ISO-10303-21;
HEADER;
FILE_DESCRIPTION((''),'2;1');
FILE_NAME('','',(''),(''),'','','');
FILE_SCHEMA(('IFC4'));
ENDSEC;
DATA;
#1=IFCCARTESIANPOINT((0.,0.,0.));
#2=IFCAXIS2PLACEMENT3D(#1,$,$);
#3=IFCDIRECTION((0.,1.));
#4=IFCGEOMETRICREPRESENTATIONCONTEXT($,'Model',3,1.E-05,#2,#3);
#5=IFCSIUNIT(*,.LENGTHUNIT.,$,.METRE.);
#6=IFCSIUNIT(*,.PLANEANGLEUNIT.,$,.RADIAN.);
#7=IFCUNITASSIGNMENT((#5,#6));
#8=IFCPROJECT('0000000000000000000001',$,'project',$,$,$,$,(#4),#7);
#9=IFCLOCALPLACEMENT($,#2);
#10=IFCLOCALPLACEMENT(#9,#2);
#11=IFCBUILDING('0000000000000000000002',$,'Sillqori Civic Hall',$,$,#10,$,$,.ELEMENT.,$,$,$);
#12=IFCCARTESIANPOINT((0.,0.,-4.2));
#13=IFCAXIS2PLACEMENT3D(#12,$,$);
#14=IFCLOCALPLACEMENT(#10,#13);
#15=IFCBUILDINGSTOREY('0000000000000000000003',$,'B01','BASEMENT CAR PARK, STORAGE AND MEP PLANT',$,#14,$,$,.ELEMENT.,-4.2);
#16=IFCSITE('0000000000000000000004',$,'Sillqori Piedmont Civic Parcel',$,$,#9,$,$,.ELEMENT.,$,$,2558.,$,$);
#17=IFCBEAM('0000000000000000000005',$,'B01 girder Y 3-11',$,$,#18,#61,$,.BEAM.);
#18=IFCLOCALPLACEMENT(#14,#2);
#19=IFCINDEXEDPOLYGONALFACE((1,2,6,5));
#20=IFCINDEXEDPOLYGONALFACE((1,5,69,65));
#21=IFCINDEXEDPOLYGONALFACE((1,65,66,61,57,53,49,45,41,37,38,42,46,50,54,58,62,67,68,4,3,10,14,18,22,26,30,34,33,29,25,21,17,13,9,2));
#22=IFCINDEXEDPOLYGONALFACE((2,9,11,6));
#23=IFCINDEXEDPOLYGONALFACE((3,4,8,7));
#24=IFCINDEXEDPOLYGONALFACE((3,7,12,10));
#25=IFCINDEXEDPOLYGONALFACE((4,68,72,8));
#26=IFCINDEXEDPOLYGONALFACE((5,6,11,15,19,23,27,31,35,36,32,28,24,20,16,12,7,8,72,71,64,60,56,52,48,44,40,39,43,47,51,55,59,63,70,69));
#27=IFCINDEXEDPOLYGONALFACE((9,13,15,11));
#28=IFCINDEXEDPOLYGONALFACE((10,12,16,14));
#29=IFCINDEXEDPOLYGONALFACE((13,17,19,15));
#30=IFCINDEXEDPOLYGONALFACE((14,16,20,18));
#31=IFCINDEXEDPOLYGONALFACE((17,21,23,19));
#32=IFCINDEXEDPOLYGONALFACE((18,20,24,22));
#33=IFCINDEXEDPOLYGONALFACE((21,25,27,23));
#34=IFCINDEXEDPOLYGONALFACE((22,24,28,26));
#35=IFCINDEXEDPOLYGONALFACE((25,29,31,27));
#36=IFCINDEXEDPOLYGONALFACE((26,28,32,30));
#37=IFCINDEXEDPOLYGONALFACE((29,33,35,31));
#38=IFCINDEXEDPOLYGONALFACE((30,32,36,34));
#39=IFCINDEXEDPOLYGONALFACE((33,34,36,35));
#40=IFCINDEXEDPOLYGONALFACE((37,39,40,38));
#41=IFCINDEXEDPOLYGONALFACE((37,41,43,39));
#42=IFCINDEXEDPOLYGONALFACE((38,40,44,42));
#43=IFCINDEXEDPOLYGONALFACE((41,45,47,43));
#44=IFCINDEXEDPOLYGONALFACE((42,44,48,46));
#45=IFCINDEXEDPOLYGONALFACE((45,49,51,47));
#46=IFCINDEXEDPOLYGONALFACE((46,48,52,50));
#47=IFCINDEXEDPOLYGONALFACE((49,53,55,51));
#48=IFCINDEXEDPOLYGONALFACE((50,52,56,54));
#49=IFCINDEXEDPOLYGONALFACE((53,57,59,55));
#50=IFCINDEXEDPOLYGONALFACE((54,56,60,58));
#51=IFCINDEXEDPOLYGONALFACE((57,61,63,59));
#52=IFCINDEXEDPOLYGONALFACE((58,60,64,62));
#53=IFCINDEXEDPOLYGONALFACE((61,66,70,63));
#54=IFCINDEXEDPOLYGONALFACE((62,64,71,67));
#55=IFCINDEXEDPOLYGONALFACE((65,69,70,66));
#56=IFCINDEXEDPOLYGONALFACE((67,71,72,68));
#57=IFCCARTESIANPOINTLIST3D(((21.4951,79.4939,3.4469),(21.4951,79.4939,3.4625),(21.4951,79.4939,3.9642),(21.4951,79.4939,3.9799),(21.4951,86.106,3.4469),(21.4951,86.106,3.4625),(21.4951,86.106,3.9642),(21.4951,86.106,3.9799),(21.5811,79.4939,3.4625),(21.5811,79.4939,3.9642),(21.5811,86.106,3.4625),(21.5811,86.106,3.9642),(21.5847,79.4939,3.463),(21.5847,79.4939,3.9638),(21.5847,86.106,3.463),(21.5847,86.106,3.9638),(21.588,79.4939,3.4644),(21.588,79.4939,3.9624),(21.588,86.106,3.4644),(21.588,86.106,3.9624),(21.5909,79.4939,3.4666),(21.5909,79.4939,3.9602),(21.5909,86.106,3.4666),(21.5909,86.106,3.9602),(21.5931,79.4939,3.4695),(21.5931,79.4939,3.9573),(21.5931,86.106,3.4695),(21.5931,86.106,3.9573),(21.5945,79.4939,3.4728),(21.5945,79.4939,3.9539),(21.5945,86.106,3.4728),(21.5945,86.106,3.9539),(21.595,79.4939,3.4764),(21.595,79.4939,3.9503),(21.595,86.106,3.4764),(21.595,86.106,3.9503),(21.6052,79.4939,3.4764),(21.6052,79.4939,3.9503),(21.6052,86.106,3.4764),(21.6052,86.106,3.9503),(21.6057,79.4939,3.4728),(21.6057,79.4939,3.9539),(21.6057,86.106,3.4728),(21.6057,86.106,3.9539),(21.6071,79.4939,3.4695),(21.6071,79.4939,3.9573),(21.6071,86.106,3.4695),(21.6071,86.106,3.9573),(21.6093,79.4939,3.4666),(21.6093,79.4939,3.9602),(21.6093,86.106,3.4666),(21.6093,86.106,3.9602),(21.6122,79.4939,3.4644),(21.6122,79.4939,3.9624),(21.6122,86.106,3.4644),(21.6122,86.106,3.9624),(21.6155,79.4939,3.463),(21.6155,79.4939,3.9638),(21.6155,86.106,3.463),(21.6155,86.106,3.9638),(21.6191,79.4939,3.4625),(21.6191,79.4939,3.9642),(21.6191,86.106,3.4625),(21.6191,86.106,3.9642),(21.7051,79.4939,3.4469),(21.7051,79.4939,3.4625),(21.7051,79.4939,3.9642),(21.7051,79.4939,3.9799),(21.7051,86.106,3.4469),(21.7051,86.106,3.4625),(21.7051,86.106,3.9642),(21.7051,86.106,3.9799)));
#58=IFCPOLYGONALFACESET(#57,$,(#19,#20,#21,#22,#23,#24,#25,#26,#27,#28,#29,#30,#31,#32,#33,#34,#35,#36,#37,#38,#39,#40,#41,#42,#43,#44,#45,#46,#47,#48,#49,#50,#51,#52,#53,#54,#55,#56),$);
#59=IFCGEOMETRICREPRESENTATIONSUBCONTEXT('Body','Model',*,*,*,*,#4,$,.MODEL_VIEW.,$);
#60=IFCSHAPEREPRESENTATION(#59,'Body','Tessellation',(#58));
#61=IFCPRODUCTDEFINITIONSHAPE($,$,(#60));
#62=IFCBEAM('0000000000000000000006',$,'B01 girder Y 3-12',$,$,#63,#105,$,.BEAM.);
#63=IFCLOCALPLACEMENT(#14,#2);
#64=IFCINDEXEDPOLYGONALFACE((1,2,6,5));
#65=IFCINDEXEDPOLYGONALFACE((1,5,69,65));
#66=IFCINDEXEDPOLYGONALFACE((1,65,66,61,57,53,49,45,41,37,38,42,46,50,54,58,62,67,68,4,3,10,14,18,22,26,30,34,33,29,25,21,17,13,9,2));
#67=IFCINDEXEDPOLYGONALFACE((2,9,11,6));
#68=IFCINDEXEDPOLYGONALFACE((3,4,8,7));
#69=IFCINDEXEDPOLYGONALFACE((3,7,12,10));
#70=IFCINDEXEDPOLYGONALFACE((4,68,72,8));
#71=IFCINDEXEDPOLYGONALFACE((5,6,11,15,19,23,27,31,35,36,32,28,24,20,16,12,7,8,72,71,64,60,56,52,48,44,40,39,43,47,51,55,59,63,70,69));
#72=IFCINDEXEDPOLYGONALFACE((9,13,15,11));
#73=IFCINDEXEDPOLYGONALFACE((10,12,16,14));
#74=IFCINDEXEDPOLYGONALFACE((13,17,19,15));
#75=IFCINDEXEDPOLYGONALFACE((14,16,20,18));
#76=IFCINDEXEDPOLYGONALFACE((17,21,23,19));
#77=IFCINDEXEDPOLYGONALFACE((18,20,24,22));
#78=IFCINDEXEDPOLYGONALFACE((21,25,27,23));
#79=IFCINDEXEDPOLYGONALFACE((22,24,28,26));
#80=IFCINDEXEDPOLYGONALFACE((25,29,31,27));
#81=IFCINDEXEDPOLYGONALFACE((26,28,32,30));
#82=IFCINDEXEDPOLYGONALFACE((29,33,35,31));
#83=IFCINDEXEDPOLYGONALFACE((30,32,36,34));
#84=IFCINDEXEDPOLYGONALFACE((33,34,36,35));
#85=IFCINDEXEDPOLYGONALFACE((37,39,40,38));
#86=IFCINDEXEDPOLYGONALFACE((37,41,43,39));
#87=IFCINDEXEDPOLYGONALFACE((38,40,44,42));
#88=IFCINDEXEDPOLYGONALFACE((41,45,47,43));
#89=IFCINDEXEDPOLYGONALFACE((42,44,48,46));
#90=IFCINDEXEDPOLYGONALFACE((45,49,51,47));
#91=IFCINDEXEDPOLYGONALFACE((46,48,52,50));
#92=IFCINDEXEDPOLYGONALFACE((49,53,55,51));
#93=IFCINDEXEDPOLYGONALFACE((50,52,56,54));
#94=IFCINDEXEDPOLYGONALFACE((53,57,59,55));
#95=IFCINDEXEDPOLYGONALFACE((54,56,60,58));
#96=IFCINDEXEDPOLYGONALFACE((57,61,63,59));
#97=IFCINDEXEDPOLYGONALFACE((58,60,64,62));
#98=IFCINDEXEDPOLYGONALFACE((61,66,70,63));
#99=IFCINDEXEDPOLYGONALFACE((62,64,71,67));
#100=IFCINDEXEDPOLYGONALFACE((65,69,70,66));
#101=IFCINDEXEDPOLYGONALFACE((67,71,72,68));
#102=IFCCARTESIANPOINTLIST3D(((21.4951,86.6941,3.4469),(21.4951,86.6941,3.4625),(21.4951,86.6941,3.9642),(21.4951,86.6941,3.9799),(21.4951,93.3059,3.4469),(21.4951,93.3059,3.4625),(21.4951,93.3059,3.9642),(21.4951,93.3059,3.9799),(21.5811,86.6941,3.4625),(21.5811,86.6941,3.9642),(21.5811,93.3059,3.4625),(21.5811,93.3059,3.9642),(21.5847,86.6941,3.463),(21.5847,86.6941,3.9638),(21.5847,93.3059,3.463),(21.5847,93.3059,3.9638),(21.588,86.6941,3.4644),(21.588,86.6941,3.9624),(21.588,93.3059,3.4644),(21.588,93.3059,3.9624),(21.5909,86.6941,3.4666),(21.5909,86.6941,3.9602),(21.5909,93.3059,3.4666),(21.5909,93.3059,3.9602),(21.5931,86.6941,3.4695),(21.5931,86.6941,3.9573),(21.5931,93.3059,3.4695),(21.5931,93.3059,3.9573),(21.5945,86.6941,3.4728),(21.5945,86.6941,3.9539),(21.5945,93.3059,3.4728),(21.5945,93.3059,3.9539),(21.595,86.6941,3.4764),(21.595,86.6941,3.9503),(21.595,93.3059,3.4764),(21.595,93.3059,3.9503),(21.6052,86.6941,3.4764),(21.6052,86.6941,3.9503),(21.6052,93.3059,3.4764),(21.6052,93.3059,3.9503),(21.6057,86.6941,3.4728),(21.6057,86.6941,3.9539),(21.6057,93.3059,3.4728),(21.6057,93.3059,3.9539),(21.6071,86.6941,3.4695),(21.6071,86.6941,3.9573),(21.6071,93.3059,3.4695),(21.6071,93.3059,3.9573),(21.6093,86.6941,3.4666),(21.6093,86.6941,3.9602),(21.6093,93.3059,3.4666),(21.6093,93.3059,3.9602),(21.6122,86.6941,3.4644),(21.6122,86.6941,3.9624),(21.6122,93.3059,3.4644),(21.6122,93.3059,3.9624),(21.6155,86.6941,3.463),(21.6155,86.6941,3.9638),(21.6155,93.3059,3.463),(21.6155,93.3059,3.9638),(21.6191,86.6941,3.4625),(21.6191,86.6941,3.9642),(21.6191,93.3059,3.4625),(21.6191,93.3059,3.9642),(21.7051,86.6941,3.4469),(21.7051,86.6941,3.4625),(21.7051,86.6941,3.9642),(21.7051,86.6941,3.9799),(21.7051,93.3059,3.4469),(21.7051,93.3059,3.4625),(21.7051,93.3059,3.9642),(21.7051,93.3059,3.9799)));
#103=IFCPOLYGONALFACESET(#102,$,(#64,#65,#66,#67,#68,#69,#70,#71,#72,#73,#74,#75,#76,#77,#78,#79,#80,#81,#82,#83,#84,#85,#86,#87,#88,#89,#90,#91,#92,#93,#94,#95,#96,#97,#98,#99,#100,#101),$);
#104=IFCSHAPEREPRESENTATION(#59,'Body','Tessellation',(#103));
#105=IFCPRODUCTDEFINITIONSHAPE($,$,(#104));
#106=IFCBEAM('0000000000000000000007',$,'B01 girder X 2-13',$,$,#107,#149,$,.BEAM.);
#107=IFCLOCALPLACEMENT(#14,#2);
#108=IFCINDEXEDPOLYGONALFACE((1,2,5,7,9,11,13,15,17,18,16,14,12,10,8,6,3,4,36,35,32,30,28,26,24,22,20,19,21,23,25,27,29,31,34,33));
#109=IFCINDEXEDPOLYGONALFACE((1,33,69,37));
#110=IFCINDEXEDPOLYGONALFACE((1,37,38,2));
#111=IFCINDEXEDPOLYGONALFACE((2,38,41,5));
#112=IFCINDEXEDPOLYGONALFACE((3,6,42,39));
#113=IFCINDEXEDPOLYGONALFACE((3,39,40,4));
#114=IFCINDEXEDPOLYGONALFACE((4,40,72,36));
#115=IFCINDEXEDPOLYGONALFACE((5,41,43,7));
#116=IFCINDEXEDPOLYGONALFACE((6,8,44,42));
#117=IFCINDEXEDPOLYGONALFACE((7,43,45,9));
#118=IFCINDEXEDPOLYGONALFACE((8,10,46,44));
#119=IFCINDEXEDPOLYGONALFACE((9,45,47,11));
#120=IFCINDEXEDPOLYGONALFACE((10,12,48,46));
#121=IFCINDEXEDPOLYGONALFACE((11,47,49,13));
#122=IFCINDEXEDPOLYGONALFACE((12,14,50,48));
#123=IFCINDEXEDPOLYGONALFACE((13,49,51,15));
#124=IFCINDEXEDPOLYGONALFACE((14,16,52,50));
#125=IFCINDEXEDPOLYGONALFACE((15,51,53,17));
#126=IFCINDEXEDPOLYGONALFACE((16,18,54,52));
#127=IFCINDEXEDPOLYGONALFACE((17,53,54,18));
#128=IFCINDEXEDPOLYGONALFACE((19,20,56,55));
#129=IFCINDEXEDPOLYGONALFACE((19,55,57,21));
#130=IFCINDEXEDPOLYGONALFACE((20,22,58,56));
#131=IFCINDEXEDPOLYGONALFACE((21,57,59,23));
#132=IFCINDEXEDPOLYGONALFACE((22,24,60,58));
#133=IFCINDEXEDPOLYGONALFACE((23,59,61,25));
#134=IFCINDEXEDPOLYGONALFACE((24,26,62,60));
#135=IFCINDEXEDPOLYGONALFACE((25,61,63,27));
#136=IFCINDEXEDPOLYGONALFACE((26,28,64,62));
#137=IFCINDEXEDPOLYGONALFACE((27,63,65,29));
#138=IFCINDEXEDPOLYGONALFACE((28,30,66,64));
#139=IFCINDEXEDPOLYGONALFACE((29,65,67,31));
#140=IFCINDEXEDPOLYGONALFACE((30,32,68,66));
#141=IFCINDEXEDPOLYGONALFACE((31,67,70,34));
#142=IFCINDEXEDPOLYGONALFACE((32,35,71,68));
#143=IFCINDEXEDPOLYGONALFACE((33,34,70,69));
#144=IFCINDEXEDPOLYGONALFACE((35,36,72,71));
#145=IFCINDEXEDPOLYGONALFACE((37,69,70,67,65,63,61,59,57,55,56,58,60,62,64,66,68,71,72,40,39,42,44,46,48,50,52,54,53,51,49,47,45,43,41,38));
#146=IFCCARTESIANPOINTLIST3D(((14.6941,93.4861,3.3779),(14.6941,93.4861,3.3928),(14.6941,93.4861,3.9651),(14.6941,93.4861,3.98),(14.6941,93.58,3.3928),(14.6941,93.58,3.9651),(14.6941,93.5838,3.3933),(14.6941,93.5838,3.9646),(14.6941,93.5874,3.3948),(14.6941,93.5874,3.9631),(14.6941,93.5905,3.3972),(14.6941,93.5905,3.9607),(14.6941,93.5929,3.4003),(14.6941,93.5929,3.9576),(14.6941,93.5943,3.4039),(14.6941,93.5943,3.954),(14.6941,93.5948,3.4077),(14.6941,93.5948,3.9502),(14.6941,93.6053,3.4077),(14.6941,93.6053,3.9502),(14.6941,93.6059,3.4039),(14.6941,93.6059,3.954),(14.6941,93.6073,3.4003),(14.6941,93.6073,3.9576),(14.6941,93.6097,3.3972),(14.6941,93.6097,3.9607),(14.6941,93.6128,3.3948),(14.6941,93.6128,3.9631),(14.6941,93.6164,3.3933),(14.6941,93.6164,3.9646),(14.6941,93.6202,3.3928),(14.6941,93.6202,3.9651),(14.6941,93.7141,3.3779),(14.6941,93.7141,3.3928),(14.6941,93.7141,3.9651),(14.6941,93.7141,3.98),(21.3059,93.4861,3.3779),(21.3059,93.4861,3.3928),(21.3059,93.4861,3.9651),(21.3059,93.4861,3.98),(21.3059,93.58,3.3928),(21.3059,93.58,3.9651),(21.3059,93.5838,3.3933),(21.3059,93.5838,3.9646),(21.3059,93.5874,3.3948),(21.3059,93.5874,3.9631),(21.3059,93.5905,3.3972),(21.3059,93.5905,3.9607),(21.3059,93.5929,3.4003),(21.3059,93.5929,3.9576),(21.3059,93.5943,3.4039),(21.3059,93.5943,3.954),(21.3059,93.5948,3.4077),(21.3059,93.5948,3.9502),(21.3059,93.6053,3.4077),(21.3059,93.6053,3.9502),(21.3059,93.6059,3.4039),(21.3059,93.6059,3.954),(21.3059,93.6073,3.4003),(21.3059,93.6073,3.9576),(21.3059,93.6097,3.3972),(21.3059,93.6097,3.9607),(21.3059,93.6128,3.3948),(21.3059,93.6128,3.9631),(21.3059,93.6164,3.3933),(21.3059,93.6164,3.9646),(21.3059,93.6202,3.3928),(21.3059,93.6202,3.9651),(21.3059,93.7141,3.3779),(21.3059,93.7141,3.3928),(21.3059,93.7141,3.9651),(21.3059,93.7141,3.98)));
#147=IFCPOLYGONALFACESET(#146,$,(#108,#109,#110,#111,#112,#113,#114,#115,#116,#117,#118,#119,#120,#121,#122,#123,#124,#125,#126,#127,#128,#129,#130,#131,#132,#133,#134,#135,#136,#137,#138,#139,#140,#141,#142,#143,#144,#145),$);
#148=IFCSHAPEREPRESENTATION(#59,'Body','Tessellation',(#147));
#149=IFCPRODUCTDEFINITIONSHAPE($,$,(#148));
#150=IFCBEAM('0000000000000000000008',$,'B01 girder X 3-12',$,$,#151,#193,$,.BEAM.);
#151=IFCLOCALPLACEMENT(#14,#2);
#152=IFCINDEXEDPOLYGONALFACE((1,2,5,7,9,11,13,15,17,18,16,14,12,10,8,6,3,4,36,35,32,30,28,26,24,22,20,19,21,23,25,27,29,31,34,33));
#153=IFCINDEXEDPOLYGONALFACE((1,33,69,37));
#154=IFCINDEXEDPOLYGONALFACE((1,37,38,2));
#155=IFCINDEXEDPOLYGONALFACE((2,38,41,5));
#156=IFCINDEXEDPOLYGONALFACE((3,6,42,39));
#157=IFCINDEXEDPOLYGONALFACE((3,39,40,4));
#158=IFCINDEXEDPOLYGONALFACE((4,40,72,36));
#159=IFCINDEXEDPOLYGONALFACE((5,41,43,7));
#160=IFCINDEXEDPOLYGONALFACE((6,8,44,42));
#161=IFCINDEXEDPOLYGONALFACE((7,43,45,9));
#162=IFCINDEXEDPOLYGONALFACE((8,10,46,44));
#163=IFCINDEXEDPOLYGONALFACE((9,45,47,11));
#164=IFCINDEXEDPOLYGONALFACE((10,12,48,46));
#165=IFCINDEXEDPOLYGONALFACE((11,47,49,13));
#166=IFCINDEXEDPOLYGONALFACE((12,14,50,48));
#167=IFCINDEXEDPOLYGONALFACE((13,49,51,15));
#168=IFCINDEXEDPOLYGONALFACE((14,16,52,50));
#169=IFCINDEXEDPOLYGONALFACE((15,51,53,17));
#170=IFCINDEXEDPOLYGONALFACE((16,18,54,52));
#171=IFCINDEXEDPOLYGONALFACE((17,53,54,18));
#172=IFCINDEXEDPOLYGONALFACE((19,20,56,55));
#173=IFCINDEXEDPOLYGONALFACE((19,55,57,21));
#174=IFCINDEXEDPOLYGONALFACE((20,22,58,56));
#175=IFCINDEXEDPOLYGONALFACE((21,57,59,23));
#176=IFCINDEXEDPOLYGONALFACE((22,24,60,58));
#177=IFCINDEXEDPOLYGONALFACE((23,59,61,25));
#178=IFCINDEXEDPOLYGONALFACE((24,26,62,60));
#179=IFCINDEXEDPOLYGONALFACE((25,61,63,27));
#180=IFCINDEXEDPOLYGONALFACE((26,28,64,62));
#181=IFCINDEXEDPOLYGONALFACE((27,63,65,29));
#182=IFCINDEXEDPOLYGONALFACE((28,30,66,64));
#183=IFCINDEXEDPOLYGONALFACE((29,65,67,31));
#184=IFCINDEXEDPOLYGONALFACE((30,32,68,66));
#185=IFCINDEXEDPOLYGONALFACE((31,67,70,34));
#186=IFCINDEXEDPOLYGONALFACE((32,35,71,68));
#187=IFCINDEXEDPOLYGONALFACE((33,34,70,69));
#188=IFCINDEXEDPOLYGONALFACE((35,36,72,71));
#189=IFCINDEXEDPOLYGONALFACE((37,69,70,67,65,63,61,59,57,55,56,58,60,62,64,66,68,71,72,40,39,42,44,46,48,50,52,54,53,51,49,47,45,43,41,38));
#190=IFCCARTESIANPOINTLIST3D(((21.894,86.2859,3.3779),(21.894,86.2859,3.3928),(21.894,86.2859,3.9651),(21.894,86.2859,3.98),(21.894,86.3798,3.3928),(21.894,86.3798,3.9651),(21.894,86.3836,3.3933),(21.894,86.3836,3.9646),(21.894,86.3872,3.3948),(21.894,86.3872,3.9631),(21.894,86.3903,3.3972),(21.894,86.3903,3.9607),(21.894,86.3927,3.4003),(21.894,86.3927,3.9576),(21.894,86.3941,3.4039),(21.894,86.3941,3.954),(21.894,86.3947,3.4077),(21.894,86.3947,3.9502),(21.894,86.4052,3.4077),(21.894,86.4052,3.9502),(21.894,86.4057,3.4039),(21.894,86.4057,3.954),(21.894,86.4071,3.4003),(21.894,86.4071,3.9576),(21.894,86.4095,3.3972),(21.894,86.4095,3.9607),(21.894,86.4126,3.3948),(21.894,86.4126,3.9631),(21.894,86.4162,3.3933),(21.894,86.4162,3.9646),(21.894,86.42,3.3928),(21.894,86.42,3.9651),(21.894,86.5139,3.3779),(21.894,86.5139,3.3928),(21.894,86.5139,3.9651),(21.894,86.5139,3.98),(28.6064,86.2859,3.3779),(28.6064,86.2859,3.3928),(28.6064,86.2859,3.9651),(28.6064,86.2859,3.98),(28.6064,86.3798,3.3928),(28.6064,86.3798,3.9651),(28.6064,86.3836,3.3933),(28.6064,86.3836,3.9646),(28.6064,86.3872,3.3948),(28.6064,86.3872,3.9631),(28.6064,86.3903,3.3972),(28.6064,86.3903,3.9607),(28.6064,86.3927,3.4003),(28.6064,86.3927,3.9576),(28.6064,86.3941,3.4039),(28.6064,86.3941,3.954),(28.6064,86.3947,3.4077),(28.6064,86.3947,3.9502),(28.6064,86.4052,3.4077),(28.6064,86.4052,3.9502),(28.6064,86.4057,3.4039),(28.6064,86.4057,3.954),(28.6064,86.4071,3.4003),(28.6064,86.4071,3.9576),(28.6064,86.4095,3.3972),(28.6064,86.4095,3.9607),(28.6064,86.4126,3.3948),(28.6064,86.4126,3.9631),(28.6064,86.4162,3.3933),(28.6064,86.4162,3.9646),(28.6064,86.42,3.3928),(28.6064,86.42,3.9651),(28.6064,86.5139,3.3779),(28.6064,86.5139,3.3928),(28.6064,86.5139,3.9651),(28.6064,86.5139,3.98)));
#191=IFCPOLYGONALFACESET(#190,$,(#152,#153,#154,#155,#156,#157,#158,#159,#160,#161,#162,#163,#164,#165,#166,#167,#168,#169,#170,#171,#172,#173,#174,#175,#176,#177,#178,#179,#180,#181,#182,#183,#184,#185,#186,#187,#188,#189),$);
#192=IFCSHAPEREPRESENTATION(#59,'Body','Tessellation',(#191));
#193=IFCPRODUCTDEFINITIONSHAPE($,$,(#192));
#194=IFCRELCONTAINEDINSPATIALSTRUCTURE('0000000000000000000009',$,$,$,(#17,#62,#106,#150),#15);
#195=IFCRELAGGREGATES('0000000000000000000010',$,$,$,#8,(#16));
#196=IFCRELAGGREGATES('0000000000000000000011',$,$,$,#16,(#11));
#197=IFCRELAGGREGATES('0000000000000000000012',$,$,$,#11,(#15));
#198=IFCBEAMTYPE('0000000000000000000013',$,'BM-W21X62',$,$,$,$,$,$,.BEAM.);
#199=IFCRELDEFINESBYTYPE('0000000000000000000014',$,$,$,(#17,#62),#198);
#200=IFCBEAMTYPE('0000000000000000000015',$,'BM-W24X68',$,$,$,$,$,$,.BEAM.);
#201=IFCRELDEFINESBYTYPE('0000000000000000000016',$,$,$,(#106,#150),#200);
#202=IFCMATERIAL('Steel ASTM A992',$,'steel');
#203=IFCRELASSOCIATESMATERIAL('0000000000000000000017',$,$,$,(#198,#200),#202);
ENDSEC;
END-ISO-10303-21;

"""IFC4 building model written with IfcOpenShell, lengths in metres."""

from ifc_helpers import new_model, si_unit, direction, frame, origin, origin_2d, place, context, subcontext, project, spatial, i_section, extrude, material, material_profile, profile_set, type_object, element, save


model = new_model("IFC4")

# Units and contexts
model_context = context("Model", 3, precision=1e-05, world=origin(), true_north=direction((0.0, 1.0)))
body_context = subcontext(model_context, "Body", "Model", "MODEL_VIEW")
ifc_project = project(units=[si_unit("LENGTHUNIT", "METRE"), si_unit("PLANEANGLEUNIT", "RADIAN")], contexts=[model_context])

# Site, building, storey
site_placement = place(None, origin())
site = spatial("IfcSite", under=ifc_project, at=site_placement, Name="Sillqori Piedmont Civic Parcel", CompositionType="ELEMENT", RefElevation=2558.0)
building_placement = place(site_placement, origin())
building = spatial("IfcBuilding", under=site, at=building_placement, Name="Sillqori Civic Hall", CompositionType="ELEMENT")
storey_placement = place(building_placement, frame((0.0, 0.0, -4.2)))
storey = spatial("IfcBuildingStorey", under=building, at=storey_placement, Name="B01", Description="BASEMENT CAR PARK, STORAGE AND MEP PLANT", CompositionType="ELEMENT", Elevation=-4.2)

# Beams
ifc_material_1 = material(Name="Steel ASTM A992", Category="steel")
ifc_material_profile_1 = material_profile(ifc_material_1, i_section(OverallWidth=0.21, OverallDepth=0.533, WebThickness=0.0103, FlangeThickness=0.0156, FilletRadius=0.0139, at=origin_2d()), Name="W21X62")
ifc_profile_set_1 = profile_set([ifc_material_profile_1], Name="Steel ASTM A992")
beam_type_1 = type_object("IfcBeamType", Name="BM-W21X62", PredefinedType="BEAM", material=ifc_profile_set_1)
beam_1_placement = place(storey_placement, frame((21.6001, 79.4939, 3.7134), z_axis=(0.0, 1.0, 0.0), x_axis=(-1.0, 0.0, 0.0)))
element("IfcBeam", 1, at=beam_1_placement, inside=storey, type_object=beam_type_1, Name="B01 girder Y 3-11", PredefinedType="BEAM", context=body_context, shape_type="SweptSolid", body=[
    extrude(i_section(OverallWidth=0.21, OverallDepth=0.533, WebThickness=0.0103, FlangeThickness=0.0156, FilletRadius=0.0139, at=origin_2d()), origin(), (0.0, 0.0, 1.0), 6.6121),
])
beam_2_placement = place(storey_placement, frame((21.6001, 86.6941, 3.7134), z_axis=(0.0, 1.0, 0.0), x_axis=(-1.0, 0.0, 0.0)))
element("IfcBeam", 2, at=beam_2_placement, inside=storey, type_object=beam_type_1, Name="B01 girder Y 3-12", PredefinedType="BEAM", context=body_context, shape_type="SweptSolid", body=[
    extrude(i_section(OverallWidth=0.21, OverallDepth=0.533, WebThickness=0.0103, FlangeThickness=0.0156, FilletRadius=0.0139, at=origin_2d()), origin(), (0.0, 0.0, 1.0), 6.6118),
])
ifc_material_profile_2 = material_profile(ifc_material_1, i_section(OverallWidth=0.228, OverallDepth=0.6021, WebThickness=0.0105, FlangeThickness=0.0149, FilletRadius=0.0149, at=origin_2d()), Name="W24X68")
ifc_profile_set_2 = profile_set([ifc_material_profile_2], Name="Steel ASTM A992")
beam_type_2 = type_object("IfcBeamType", Name="BM-W24X68", PredefinedType="BEAM", material=ifc_profile_set_2)
beam_3_placement = place(storey_placement, frame((14.6941, 93.6001, 3.679), z_axis=(1.0, 0.0, 0.0), x_axis=(0.0, 1.0, 0.0)))
element("IfcBeam", 3, at=beam_3_placement, inside=storey, type_object=beam_type_2, Name="B01 girder X 2-13", PredefinedType="BEAM", context=body_context, shape_type="SweptSolid", body=[
    extrude(i_section(OverallWidth=0.228, OverallDepth=0.6021, WebThickness=0.0105, FlangeThickness=0.0149, FilletRadius=0.0149, at=origin_2d()), origin(), (0.0, 0.0, 1.0), 6.6118),
])
for number, where, z_axis, x_axis, name in (
    (4, (21.894, 86.3999, 3.679), (1.0, 0.0, 0.0), (0.0, 1.0, 0.0), "B01 girder X 3-12"),
):
    element("IfcBeam", number, at=place(storey_placement, frame(where, z_axis=z_axis, x_axis=x_axis)), inside=storey, type_object=beam_type_2, Name=name, PredefinedType="BEAM", context=body_context, shape_type="SweptSolid", body=[
        extrude(i_section(OverallWidth=0.228, OverallDepth=0.6021, WebThickness=0.0105, FlangeThickness=0.0149, FilletRadius=0.0149, at=origin_2d()), origin(), (0.0, 0.0, 1.0), 6.7124),
    ])

save(model, "model.ifc")
